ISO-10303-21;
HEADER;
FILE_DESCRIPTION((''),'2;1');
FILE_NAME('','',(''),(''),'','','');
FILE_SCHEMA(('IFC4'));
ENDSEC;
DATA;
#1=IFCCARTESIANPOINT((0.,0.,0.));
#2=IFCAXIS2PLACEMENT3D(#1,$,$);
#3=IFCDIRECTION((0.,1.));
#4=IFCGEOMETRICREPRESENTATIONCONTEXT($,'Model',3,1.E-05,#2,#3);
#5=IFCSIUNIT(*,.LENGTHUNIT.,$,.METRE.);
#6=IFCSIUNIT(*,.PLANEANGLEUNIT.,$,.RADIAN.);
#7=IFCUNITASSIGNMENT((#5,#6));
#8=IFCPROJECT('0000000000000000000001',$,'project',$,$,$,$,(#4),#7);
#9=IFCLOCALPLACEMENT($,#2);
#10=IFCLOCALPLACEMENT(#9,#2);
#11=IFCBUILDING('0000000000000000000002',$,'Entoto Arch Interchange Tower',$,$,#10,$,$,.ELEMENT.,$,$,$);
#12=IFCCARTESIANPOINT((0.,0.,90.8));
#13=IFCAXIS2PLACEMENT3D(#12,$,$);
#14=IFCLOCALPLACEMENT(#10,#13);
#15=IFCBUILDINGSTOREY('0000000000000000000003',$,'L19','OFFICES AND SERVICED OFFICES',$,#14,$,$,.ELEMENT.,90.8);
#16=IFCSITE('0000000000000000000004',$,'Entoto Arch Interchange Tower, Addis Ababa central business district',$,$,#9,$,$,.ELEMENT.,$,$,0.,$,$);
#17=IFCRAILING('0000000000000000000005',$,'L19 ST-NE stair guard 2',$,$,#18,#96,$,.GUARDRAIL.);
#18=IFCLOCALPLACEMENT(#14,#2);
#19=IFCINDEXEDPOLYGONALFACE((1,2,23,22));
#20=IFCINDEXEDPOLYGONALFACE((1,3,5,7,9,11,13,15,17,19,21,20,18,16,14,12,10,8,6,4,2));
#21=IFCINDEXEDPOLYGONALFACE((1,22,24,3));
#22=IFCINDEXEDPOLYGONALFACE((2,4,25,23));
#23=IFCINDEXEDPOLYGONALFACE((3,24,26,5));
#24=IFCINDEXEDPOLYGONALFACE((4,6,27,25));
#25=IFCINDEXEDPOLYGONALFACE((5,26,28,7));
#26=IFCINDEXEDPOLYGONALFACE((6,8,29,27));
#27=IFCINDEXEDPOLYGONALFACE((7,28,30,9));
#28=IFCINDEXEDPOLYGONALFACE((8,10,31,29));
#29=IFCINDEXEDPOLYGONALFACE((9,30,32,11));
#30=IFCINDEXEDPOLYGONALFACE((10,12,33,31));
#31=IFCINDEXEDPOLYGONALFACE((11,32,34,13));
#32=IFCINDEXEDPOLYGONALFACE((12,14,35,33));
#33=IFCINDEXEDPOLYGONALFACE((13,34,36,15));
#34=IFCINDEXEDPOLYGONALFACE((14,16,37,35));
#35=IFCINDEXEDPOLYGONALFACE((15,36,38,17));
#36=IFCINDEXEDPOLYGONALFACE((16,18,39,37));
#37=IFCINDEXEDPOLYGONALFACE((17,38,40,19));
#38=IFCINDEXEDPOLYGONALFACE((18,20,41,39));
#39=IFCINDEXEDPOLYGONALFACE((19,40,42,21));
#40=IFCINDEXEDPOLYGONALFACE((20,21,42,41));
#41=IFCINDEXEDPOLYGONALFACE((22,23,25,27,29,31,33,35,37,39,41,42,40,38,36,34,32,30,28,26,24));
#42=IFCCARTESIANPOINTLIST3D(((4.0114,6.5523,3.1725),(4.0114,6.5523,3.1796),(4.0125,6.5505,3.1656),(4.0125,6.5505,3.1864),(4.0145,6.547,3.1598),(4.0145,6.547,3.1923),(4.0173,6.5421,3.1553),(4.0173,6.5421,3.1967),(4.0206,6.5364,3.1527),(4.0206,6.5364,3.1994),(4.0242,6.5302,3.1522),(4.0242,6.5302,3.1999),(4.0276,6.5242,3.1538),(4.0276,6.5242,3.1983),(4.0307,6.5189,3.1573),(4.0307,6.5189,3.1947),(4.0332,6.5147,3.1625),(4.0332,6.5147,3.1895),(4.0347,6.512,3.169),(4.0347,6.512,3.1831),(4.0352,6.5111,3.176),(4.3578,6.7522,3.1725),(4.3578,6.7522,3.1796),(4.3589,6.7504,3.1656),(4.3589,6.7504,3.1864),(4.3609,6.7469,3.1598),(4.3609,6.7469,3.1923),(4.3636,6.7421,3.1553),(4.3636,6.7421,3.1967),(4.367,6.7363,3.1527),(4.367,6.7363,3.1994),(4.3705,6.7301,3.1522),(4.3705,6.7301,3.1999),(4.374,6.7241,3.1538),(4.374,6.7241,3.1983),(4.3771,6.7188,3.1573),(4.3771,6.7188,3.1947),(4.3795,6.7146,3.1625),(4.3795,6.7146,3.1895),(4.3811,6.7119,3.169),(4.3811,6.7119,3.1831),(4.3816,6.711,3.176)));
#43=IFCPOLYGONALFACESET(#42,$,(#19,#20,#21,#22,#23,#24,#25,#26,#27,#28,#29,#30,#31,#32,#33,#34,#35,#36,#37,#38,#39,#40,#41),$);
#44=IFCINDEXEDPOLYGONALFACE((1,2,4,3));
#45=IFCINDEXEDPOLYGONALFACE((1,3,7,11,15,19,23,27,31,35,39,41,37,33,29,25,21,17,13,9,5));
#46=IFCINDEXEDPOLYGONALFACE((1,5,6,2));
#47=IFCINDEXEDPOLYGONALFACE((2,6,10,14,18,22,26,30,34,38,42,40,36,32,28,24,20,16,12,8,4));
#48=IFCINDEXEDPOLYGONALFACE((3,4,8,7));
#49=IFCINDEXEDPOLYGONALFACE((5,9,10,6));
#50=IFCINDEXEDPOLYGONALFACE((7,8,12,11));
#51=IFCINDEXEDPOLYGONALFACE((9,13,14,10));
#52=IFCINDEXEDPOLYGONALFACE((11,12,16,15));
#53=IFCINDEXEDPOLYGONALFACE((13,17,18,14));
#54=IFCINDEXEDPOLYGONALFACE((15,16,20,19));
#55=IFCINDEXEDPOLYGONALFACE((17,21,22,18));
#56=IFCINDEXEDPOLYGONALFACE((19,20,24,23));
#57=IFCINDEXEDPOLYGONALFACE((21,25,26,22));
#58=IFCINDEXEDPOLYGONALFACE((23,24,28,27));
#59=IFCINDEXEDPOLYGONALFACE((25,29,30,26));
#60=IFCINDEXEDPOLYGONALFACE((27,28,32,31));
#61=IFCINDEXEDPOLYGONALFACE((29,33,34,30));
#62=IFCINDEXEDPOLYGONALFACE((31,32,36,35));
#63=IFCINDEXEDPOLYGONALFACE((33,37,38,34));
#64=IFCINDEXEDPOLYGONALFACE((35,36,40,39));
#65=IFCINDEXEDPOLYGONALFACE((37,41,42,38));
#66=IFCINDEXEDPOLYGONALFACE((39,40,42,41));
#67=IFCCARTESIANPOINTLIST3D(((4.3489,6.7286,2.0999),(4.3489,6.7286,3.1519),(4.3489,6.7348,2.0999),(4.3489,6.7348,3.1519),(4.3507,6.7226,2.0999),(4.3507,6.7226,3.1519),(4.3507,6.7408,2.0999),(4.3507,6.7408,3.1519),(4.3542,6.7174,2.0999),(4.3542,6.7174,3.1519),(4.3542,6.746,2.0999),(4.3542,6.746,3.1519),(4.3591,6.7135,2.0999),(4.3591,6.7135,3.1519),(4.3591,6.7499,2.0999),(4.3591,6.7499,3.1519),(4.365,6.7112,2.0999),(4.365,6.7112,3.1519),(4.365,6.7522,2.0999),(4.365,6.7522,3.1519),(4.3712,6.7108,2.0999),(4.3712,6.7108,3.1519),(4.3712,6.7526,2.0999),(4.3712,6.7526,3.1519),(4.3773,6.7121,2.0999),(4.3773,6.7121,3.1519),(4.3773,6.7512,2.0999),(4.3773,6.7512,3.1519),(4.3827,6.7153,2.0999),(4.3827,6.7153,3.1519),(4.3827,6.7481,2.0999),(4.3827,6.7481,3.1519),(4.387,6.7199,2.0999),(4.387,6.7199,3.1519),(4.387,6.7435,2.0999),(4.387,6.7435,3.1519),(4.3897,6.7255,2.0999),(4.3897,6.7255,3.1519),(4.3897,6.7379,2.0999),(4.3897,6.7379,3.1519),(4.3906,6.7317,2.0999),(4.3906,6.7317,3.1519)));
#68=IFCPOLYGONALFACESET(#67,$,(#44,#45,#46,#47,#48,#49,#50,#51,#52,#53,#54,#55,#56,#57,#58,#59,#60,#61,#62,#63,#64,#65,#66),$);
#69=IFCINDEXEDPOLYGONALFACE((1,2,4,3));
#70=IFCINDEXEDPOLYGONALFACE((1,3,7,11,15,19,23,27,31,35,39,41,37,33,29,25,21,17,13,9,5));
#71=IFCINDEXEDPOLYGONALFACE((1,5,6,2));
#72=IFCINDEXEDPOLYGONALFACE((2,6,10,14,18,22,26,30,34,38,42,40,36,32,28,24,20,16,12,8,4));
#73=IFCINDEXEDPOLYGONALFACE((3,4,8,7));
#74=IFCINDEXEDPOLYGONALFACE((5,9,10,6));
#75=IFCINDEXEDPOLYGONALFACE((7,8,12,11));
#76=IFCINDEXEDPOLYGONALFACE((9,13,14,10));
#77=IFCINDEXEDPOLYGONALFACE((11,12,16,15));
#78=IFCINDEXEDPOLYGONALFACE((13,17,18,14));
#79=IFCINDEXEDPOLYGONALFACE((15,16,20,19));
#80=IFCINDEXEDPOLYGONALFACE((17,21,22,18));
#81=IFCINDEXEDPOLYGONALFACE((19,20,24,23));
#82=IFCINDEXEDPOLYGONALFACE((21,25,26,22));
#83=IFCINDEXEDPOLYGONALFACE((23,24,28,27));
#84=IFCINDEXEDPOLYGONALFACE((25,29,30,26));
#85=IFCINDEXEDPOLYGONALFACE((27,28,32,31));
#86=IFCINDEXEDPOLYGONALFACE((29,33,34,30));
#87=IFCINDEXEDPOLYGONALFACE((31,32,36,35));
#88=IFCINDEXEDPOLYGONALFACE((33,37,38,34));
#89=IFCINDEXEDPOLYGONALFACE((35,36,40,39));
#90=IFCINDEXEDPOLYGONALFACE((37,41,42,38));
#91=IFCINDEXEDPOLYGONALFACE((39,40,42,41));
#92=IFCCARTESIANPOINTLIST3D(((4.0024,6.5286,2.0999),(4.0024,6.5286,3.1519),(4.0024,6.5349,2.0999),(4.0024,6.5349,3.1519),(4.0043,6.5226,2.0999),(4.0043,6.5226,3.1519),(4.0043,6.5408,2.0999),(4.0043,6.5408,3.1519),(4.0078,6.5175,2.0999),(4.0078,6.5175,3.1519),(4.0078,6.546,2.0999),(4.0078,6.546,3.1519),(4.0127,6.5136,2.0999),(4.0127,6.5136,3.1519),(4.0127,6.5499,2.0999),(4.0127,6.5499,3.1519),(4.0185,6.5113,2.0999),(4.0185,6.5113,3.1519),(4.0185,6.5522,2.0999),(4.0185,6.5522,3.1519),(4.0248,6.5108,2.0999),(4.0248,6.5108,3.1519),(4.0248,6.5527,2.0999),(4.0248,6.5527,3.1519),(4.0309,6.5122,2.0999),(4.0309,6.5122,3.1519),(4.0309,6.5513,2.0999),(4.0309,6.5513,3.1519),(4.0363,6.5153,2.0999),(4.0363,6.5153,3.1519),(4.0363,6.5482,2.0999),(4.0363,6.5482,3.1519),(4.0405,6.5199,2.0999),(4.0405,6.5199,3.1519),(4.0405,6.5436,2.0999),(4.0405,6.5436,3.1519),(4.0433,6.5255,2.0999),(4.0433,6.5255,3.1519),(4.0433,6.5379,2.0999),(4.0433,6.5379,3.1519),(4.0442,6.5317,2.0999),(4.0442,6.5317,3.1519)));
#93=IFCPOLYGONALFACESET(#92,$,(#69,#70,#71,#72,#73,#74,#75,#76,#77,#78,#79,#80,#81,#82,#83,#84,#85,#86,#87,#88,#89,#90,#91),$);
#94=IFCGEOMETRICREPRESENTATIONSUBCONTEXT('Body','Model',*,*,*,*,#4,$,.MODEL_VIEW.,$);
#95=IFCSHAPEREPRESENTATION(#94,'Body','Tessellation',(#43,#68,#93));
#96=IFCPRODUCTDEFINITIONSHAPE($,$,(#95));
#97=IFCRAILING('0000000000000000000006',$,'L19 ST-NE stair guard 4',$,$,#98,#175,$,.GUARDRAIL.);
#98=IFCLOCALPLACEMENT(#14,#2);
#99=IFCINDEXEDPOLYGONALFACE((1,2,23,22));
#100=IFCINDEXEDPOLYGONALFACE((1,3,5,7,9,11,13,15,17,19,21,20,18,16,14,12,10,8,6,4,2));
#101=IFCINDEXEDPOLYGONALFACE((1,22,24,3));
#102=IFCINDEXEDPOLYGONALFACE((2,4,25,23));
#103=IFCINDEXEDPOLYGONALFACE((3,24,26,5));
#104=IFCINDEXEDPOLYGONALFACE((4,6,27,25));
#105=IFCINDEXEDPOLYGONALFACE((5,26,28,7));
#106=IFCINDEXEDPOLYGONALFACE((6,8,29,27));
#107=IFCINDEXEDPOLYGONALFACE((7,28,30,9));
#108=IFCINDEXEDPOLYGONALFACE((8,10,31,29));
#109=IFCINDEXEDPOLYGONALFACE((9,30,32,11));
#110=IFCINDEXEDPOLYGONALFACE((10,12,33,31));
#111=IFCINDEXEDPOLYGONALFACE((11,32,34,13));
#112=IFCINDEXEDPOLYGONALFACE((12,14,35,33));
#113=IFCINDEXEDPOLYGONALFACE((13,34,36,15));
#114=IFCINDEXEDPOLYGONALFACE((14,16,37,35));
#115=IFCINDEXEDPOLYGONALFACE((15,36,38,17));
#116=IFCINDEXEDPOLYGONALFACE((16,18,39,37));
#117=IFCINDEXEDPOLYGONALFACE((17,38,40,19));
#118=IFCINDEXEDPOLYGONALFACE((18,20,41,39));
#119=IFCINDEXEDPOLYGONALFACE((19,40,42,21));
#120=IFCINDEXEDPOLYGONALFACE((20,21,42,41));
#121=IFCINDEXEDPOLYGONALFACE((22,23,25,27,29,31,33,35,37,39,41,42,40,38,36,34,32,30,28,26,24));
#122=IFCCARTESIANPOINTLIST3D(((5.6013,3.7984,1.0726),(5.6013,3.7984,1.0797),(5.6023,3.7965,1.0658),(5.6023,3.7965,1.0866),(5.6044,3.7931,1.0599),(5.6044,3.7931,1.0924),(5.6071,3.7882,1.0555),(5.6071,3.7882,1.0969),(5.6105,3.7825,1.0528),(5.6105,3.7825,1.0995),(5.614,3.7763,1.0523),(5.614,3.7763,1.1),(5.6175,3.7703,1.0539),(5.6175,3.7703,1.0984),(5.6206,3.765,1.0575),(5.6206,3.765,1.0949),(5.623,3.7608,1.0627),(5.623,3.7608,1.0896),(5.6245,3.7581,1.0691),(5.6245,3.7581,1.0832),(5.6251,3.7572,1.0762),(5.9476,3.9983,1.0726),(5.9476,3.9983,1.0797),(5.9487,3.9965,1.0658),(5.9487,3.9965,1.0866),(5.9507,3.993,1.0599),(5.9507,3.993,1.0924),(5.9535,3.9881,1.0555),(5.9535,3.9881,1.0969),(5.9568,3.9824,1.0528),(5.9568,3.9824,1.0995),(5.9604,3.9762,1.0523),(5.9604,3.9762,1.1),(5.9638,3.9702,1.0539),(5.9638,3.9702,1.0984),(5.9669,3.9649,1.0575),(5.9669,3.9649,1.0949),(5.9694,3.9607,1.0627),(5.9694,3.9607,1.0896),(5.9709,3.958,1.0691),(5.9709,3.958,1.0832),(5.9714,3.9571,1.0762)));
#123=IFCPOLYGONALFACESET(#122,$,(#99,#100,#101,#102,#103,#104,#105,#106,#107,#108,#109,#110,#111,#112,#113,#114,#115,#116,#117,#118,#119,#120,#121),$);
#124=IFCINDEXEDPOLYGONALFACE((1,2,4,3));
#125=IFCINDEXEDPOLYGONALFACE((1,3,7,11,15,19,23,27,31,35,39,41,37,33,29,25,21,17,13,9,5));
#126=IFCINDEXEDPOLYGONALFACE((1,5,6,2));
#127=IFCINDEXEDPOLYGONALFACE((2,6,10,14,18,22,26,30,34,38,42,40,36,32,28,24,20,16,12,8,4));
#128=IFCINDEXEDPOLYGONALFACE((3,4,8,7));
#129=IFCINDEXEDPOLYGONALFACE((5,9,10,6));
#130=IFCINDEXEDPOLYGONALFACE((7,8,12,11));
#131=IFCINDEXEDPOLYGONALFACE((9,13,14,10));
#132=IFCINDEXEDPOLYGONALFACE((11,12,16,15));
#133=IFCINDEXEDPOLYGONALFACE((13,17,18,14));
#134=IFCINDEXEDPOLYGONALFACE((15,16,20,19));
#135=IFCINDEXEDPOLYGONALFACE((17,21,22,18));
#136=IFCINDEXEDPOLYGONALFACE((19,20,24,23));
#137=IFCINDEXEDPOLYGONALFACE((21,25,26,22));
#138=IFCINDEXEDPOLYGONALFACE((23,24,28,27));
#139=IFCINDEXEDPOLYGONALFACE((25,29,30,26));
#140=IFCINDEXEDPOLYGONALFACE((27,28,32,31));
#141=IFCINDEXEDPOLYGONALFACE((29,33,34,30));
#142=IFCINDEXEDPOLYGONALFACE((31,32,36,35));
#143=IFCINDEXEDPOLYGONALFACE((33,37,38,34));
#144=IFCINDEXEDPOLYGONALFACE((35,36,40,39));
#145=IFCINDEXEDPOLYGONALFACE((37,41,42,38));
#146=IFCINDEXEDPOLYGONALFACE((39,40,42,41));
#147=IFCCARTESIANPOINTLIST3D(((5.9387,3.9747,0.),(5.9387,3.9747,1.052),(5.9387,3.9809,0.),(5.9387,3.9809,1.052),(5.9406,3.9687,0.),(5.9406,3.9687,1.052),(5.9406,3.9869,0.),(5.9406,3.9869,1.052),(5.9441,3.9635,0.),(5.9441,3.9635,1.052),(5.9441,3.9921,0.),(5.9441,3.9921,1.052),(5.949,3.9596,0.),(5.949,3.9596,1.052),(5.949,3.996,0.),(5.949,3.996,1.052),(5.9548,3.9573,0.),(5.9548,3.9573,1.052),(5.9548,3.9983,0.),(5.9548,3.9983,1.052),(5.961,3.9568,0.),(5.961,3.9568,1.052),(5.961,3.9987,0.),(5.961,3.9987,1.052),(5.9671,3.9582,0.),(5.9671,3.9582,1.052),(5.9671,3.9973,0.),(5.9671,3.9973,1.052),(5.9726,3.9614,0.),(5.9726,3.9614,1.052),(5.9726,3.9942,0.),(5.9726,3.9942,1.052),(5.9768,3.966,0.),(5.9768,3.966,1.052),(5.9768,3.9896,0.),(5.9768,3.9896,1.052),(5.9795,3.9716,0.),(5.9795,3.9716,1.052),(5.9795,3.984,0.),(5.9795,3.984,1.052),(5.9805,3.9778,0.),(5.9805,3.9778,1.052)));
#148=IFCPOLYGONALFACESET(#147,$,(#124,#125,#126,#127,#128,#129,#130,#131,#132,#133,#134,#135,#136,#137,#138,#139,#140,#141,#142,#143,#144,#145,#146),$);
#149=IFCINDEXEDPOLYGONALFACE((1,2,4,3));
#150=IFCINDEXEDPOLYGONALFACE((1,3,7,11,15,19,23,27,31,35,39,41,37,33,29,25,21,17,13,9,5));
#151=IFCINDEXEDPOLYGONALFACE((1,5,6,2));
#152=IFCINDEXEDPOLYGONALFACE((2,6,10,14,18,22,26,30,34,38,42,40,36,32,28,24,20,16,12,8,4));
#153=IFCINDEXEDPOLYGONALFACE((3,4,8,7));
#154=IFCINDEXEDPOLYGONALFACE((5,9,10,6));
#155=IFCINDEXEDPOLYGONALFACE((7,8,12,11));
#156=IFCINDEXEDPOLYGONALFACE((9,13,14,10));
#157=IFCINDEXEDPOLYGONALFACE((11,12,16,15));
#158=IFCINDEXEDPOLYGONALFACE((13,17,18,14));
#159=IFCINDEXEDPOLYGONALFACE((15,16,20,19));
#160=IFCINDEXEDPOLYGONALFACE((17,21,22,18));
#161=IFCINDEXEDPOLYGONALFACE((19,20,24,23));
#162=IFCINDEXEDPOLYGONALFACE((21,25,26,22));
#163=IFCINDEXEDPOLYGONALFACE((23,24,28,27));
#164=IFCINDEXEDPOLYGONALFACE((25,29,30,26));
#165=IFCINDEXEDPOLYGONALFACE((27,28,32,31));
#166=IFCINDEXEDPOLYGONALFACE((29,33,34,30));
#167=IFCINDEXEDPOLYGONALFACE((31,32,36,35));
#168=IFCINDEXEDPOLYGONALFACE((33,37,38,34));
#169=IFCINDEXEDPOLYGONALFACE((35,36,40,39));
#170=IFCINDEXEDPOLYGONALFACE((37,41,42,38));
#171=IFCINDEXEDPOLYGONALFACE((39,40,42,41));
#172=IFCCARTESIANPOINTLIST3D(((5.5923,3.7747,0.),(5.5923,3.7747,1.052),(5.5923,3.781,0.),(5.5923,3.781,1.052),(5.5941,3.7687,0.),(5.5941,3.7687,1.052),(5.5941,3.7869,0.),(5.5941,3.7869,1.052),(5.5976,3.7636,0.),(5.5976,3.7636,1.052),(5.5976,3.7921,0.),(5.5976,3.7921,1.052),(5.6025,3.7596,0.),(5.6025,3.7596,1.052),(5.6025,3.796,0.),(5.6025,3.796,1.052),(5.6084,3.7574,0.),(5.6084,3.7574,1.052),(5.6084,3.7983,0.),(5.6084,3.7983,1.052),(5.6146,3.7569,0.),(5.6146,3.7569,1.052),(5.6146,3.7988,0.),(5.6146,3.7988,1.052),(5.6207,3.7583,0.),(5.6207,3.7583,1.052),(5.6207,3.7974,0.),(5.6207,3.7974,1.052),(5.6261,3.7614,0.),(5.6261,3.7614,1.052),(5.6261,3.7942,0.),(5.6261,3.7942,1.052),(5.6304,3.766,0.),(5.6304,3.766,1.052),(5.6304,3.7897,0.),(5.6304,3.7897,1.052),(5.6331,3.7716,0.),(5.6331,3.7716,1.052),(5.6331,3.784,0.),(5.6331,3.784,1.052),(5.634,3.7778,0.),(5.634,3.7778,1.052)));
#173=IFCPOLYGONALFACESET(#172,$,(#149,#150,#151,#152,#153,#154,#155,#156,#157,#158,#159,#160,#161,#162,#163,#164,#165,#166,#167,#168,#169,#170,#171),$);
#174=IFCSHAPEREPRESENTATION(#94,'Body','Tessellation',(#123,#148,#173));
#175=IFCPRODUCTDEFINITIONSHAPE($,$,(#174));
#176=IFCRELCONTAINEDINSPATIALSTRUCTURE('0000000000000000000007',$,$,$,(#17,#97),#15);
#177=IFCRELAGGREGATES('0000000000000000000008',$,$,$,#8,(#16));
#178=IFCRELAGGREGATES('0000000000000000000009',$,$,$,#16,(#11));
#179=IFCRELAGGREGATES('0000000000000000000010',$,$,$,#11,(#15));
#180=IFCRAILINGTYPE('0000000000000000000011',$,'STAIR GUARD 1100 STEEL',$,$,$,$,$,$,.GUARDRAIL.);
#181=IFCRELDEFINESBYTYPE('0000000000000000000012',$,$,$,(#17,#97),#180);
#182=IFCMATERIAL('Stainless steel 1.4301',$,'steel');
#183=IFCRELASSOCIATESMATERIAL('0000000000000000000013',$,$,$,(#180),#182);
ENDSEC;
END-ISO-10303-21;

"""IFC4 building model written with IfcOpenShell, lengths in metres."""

from ifc_helpers import new_model, si_unit, direction, frame, origin, origin_2d, place, context, subcontext, project, spatial, circle, extrude, material, type_object, element, save


model = new_model("IFC4")

# Units and contexts
model_context = context("Model", 3, precision=1e-05, world=origin(), true_north=direction((0.0, 1.0)))
body_context = subcontext(model_context, "Body", "Model", "MODEL_VIEW")
ifc_project = project(units=[si_unit("LENGTHUNIT", "METRE"), si_unit("PLANEANGLEUNIT", "RADIAN")], contexts=[model_context])

# Site, building, storey
site_placement = place(None, origin())
site = spatial("IfcSite", under=ifc_project, at=site_placement, Name="Entoto Arch Interchange Tower, Addis Ababa central business district", CompositionType="ELEMENT", RefElevation=0.0)
building_placement = place(site_placement, origin())
building = spatial("IfcBuilding", under=site, at=building_placement, Name="Entoto Arch Interchange Tower", CompositionType="ELEMENT")
storey_placement = place(building_placement, frame((0.0, 0.0, 90.8)))
storey = spatial("IfcBuildingStorey", under=building, at=storey_placement, Name="L19", Description="OFFICES AND SERVICED OFFICES", CompositionType="ELEMENT", Elevation=90.8)

# Railings
ifc_material_1 = material(Name="Stainless steel 1.4301", Category="steel")
railing_type_1 = type_object("IfcRailingType", Name="STAIR GUARD 1100 STEEL", PredefinedType="GUARDRAIL", material=ifc_material_1)
for number, where, name in (
    (1, (4.3696, 6.7317, 2.0999), "L19 ST-NE stair guard 2"),
    (2, (5.9595, 3.9778, 0.0), "L19 ST-NE stair guard 4"),
):
    element("IfcRailing", number, at=place(storey_placement, frame(where)), inside=storey, type_object=railing_type_1, Name=name, PredefinedType="GUARDRAIL", context=body_context, shape_type="SweptSolid", body=[
        extrude(circle(Radius=0.0239, at=origin_2d()), frame((0.0, 0.0, 1.0762), z_axis=(-0.866094, -0.499881, 0.0), x_axis=(0.499881, -0.866094, 0.0)), (0.0, 0.0, 1.0), 0.3999),
        extrude(circle(Radius=0.021, at=origin_2d()), origin(), (0.0, 0.0, 1.0), 1.052),
        extrude(circle(Radius=0.021, at=origin_2d()), frame((-0.3464, -0.2, 0.0)), (0.0, 0.0, 1.0), 1.052),
    ])

save(model, "model.ifc")
